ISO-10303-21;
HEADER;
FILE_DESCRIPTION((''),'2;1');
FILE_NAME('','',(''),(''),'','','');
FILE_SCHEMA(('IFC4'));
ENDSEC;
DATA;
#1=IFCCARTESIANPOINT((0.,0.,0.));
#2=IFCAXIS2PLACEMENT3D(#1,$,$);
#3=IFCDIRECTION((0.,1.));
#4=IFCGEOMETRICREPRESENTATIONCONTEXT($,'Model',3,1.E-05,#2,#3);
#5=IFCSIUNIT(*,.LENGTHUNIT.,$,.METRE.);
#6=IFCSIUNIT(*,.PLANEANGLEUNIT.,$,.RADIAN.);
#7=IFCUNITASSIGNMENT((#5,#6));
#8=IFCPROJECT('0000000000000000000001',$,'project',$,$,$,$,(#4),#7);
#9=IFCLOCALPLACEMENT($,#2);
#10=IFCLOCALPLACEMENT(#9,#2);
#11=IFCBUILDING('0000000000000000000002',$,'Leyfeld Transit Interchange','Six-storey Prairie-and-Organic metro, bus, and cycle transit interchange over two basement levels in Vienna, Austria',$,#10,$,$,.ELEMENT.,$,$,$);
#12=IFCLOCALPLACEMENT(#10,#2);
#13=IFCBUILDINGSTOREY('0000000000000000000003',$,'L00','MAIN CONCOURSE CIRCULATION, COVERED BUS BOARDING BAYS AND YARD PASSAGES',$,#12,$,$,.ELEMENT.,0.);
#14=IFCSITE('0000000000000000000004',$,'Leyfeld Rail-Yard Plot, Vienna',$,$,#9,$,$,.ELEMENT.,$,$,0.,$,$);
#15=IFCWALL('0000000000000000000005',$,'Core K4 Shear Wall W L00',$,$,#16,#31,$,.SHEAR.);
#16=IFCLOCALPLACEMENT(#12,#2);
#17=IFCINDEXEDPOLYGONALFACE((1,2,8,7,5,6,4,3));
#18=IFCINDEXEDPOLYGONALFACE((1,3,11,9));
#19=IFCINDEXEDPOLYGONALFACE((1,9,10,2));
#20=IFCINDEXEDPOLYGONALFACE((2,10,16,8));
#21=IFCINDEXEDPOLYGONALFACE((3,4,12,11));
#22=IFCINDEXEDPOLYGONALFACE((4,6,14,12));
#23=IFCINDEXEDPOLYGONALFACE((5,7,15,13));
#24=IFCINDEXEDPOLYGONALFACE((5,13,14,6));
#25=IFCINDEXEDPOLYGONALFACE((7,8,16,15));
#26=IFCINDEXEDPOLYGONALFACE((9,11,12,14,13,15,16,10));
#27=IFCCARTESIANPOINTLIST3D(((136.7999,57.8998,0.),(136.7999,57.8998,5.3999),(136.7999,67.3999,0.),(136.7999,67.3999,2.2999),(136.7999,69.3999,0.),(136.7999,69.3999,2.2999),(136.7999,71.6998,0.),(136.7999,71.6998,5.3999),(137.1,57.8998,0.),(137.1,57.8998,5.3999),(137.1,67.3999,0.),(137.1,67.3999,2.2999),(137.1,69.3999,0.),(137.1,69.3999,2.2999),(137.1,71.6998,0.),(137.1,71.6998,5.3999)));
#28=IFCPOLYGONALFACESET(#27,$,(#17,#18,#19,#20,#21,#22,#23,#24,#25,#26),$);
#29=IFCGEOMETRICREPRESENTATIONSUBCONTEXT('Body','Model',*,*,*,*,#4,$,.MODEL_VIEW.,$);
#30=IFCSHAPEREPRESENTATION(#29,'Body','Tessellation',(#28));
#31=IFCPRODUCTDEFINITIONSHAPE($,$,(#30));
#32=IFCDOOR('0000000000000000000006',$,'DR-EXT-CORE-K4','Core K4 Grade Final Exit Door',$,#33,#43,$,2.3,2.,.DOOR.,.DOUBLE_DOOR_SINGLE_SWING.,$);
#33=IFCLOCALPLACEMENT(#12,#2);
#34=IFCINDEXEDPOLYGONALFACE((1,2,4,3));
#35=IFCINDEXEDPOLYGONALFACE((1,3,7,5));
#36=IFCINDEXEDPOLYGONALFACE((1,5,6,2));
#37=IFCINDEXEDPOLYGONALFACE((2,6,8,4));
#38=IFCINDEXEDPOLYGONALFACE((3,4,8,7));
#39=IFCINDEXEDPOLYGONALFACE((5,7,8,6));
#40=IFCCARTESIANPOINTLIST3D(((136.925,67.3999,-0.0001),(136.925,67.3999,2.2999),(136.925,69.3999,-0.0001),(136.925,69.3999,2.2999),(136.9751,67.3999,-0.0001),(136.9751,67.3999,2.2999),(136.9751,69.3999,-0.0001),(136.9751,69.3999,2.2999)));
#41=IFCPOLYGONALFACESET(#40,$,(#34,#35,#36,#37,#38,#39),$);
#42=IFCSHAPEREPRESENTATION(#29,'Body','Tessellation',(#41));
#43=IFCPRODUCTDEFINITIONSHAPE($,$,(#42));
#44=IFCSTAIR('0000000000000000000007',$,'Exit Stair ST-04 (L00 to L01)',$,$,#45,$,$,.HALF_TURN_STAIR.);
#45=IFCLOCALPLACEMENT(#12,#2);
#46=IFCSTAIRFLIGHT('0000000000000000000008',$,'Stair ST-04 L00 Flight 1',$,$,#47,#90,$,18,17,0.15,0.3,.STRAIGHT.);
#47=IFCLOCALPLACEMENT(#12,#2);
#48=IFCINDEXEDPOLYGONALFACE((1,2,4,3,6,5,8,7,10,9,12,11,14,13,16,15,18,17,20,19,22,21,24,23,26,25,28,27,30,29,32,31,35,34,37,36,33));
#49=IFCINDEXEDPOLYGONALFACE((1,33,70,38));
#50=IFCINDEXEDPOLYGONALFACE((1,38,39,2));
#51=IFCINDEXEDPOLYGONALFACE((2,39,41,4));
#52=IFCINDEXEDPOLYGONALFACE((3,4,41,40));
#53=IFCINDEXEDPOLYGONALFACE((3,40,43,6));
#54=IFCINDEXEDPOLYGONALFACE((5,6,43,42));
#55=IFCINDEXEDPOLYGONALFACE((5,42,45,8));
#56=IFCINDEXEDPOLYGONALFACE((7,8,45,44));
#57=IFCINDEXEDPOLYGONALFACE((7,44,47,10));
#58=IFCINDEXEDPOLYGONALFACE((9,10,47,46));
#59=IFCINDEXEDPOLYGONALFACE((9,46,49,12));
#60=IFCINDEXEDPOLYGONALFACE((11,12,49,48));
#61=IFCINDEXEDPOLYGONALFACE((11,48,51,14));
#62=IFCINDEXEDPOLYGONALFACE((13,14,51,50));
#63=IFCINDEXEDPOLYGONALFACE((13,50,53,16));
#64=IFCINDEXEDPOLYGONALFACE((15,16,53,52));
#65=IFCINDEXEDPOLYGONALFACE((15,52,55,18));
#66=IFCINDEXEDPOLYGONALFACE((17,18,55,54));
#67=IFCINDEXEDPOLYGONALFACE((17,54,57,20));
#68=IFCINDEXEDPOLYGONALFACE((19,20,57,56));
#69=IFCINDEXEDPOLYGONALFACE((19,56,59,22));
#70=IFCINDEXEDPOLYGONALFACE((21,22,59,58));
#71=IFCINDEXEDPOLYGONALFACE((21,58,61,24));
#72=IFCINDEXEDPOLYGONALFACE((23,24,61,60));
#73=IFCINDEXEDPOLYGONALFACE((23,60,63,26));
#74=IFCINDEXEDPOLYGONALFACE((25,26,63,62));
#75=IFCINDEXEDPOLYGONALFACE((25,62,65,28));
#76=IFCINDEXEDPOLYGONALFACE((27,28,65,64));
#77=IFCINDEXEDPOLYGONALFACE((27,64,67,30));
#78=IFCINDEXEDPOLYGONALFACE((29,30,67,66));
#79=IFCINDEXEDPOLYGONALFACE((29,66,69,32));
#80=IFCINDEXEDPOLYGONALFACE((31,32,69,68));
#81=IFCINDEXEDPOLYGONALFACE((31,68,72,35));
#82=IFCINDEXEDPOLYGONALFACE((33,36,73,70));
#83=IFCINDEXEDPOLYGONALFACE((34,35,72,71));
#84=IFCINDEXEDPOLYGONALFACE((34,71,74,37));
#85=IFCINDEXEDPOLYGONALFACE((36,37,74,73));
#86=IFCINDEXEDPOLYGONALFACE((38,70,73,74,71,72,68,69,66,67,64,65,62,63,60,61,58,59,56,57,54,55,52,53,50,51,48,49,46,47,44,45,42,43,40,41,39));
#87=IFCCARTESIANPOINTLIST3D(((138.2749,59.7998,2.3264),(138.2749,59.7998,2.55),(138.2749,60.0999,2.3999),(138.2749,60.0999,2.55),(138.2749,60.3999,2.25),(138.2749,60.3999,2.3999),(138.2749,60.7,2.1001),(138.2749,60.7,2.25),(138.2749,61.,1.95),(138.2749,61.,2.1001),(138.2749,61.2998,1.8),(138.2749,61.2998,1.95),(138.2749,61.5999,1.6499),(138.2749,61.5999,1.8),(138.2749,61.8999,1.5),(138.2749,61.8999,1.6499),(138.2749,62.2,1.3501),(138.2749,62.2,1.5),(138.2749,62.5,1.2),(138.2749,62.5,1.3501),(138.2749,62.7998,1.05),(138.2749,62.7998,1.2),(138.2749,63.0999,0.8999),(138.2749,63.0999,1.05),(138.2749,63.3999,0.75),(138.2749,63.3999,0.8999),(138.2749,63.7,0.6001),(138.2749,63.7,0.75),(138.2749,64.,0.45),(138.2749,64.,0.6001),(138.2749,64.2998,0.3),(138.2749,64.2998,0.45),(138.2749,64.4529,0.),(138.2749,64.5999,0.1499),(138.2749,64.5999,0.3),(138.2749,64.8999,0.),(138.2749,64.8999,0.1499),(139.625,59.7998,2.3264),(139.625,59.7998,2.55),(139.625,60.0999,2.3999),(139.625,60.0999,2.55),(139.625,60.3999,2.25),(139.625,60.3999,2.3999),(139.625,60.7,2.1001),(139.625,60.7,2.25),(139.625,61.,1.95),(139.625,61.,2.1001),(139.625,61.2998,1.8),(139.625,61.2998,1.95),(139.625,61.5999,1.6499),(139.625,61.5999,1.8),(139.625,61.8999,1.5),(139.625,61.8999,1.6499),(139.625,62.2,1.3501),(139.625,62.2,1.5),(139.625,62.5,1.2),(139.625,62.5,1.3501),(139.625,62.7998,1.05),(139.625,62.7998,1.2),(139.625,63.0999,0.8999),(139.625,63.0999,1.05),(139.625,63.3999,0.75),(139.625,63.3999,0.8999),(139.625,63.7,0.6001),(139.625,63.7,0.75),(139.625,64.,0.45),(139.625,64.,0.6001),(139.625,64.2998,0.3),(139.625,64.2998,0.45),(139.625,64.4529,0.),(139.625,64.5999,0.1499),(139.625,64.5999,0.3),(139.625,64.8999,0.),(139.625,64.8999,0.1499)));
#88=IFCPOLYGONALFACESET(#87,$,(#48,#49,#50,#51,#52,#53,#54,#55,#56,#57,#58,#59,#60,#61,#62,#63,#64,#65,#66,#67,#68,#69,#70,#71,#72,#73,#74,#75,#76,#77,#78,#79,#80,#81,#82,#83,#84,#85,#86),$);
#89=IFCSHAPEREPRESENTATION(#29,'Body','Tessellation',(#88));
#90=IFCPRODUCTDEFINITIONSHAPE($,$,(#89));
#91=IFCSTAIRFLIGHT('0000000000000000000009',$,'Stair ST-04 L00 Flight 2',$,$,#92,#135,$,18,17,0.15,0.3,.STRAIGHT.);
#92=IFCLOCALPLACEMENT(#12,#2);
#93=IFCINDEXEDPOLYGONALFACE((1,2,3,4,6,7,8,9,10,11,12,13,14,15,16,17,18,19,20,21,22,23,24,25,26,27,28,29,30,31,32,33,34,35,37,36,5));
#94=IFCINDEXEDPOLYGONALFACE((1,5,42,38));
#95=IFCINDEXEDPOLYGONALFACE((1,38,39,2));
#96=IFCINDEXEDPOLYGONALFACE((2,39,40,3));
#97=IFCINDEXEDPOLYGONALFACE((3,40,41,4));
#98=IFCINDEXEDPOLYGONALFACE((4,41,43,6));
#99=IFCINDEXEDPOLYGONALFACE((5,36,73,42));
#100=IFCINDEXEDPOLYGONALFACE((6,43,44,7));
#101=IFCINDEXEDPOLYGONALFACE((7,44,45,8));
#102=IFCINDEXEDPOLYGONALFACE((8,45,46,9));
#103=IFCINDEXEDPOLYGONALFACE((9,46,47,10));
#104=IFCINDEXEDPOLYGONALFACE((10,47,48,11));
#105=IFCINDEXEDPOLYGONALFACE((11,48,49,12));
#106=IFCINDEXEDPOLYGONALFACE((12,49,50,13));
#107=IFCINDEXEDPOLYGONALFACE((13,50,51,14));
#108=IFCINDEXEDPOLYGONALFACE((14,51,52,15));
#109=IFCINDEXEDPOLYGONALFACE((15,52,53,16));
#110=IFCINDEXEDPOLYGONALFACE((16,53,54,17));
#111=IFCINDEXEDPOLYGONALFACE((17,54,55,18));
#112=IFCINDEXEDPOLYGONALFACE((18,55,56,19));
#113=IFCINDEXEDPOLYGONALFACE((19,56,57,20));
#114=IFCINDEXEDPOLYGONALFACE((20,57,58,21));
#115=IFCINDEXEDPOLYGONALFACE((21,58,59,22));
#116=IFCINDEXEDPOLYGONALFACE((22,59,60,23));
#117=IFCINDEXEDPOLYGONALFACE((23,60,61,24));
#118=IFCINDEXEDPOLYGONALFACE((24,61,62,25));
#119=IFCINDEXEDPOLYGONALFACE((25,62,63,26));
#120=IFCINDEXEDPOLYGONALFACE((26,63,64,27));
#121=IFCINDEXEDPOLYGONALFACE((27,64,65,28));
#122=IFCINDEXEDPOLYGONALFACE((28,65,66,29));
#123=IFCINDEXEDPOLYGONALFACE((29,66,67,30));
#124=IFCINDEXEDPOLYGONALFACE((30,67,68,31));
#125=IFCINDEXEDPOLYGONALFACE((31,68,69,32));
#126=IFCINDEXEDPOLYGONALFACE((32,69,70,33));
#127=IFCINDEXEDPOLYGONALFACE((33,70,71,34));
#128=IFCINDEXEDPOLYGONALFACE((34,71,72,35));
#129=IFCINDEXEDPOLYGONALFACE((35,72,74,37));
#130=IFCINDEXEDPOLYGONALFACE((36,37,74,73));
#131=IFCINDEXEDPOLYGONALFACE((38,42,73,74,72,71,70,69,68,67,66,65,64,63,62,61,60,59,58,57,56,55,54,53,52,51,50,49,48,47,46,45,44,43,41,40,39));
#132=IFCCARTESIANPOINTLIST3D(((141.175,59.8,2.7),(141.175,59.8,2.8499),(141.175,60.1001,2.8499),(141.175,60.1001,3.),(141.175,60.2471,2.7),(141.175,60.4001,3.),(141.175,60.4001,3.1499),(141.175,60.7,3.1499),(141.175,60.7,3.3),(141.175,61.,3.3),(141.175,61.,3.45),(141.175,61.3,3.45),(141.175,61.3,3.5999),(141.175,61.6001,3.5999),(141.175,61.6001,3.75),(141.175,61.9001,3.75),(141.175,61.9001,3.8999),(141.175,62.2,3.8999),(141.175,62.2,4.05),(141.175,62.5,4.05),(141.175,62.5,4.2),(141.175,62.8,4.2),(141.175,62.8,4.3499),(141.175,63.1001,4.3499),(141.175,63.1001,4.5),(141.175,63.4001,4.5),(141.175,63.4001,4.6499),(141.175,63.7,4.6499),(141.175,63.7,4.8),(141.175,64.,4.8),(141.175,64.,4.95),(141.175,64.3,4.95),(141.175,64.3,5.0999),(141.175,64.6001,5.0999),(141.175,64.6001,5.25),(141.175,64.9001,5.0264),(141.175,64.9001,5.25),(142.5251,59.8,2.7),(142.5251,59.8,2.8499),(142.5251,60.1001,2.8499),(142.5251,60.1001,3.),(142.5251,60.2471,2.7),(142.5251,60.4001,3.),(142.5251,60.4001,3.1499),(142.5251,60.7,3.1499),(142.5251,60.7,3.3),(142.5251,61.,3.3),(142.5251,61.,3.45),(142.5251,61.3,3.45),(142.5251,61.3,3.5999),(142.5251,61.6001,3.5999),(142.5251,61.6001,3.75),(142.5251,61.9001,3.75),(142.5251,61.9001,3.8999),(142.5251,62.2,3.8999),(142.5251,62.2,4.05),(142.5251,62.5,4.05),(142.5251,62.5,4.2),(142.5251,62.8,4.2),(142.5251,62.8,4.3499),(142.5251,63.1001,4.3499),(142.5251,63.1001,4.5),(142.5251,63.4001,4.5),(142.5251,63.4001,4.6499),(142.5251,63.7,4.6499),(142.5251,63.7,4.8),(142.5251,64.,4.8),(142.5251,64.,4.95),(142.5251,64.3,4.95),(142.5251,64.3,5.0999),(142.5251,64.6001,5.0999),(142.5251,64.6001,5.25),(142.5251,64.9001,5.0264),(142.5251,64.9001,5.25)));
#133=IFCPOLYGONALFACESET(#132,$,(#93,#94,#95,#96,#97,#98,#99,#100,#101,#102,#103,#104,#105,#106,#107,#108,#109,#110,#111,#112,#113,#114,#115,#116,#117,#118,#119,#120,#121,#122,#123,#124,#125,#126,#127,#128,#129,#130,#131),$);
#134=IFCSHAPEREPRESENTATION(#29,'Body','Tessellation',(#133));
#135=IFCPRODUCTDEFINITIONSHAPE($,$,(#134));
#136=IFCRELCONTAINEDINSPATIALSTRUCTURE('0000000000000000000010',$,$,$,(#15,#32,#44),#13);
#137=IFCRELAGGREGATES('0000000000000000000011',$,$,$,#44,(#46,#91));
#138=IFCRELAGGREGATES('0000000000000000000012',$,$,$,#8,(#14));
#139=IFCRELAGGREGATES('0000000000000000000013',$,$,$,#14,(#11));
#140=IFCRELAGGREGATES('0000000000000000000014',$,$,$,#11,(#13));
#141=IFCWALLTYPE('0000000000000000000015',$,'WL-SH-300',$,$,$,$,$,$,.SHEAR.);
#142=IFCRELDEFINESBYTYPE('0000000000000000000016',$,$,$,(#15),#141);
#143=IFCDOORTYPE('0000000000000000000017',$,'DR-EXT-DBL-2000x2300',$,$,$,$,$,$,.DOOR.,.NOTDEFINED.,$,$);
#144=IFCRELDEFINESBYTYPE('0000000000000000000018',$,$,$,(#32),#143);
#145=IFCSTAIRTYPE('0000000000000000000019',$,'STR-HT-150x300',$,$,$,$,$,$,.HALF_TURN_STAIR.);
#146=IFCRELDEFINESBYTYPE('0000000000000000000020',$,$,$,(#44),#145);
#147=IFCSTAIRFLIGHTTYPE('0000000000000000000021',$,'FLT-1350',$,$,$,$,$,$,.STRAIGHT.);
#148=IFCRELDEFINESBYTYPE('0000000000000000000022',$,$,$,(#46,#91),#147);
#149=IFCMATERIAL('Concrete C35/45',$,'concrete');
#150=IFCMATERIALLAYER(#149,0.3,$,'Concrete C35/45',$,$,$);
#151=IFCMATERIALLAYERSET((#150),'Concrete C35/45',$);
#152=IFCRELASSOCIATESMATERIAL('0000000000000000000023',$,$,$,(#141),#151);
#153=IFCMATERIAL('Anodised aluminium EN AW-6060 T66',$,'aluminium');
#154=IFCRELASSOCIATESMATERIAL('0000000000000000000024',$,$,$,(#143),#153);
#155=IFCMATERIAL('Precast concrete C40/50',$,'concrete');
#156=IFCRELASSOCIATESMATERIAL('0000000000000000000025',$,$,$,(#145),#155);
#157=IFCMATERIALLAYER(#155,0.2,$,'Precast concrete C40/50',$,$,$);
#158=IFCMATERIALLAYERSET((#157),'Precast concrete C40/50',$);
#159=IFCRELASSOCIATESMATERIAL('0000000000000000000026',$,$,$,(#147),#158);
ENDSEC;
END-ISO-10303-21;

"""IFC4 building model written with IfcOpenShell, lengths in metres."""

from ifc_helpers import new_model, si_unit, direction, frame, frame_2d, origin, place, context, subcontext, project, spatial, polyline, rectangle, outline, extrude, material, layer, layer_set, type_object, element, fill, aggregate, save


model = new_model("IFC4")

# Units and contexts
model_context = context("Model", 3, precision=1e-05, world=origin(), true_north=direction((0.0, 1.0)))
body_context = subcontext(model_context, "Body", "Model", "MODEL_VIEW")
ifc_project = project(units=[si_unit("LENGTHUNIT", "METRE"), si_unit("PLANEANGLEUNIT", "RADIAN")], contexts=[model_context])

# Site, building, storey
site_placement = place(None, origin())
site = spatial("IfcSite", under=ifc_project, at=site_placement, Name="Leyfeld Rail-Yard Plot, Vienna", CompositionType="ELEMENT", RefElevation=0.0)
building_placement = place(site_placement, origin())
building = spatial("IfcBuilding", under=site, at=building_placement, Name="Leyfeld Transit Interchange", Description="Six-storey Prairie-and-Organic metro, bus, and cycle transit interchange over two basement levels in Vienna, Austria", CompositionType="ELEMENT")
storey_placement = place(building_placement, origin())
storey = spatial("IfcBuildingStorey", under=building, at=storey_placement, Name="L00", Description="MAIN CONCOURSE CIRCULATION, COVERED BUS BOARDING BAYS AND YARD PASSAGES", CompositionType="ELEMENT", Elevation=0.0)

# Shared definitions
ifc_material_1 = material(Name="Concrete C35/45", Category="concrete")

# Wall, opening, door
ifc_layer_1 = layer(ifc_material_1, 0.3, Name="Concrete C35/45")
ifc_layer_set_1 = layer_set([ifc_layer_1], Name="Concrete C35/45")
wall_type_1 = type_object("IfcWallType", Name="WL-SH-300", PredefinedType="SHEAR", material=ifc_layer_set_1)
wall_1_placement = place(storey_placement, frame((136.95, 57.8999, 0.0), z_axis=(0.0, 0.0, 1.0), x_axis=(0.0, 1.0, 0.0)))
wall_1 = element("IfcWall", 1, at=wall_1_placement, inside=storey, type_object=wall_type_1, Name="Core K4 Shear Wall W L00", PredefinedType="SHEAR", context=body_context, shape_type="SweptSolid", body=[
    extrude(rectangle(XDim=13.8, YDim=0.3, at=frame_2d((6.8999, 0.0))), origin(), (0.0, 0.0, 1.0), 5.3999),
])
opening_placement = place(wall_1_placement, frame((9.5, 0.0, 0.0)))
opening = element("IfcOpeningElement", 2, at=opening_placement, cuts=wall_1, PredefinedType="OPENING", context=body_context, shape_type="SweptSolid", body=[
    extrude(rectangle(XDim=2.0, YDim=2.3, at=frame_2d((1.0, 1.1499))), frame((0.0, 0.1599, 0.0), z_axis=(0.0, -1.0, 0.0), x_axis=(1.0, 0.0, 0.0)), (0.0, 0.0, 1.0), 0.3201),
])
ifc_material_2 = material(Name="Anodised aluminium EN AW-6060 T66", Category="aluminium")
door_type = type_object("IfcDoorType", Name="DR-EXT-DBL-2000x2300", OperationType="NOTDEFINED", PredefinedType="DOOR", material=ifc_material_2)
door_placement = place(opening_placement, origin())
door = element("IfcDoor", 3, at=door_placement, inside=storey, type_object=door_type, Name="DR-EXT-CORE-K4", Description="Core K4 Grade Final Exit Door", OperationType="DOUBLE_DOOR_SINGLE_SWING", OverallHeight=2.3, OverallWidth=2.0, PredefinedType="DOOR", context=body_context, shape_type="SweptSolid", body=[
    extrude(rectangle(XDim=2.0, YDim=2.3, at=frame_2d((1.0, 1.1499))), frame((0.0, 0.0249, 0.0), z_axis=(0.0, -1.0, 0.0), x_axis=(1.0, 0.0, 0.0)), (0.0, 0.0, 1.0), 0.05),
])
fill(opening, door)

# Stair, stair flights
ifc_material_3 = material(Name="Precast concrete C40/50", Category="concrete")
stair_type = type_object("IfcStairType", Name="STR-HT-150x300", PredefinedType="HALF_TURN_STAIR", material=ifc_material_3)
stair_placement = place(storey_placement, origin())
stair = element("IfcStair", 4, at=stair_placement, inside=storey, type_object=stair_type, Name="Exit Stair ST-04 (L00 to L01)", PredefinedType="HALF_TURN_STAIR")
ifc_layer_2 = layer(ifc_material_3, 0.2, Name="Precast concrete C40/50")
ifc_layer_set_2 = layer_set([ifc_layer_2], Name="Precast concrete C40/50")
stair_flight_type = type_object("IfcStairFlightType", Name="FLT-1350", PredefinedType="STRAIGHT", material=ifc_layer_set_2)
stair_flight_1_placement = place(storey_placement, frame((138.95, 64.8999, 0.0), z_axis=(0.0, 0.0, 1.0), x_axis=(0.0, -1.0, 0.0)))
stair_flight_1 = element("IfcStairFlight", 5, at=stair_flight_1_placement, type_object=stair_flight_type, Name="Stair ST-04 L00 Flight 1", NumberOfRisers=18, NumberOfTreads=17, PredefinedType="STRAIGHT", RiserHeight=0.15, TreadLength=0.3, context=body_context, shape_type="SweptSolid", body=[
    extrude(outline(polyline([(0.0, 0.0), (0.0, 0.1499), (0.3, 0.1499), (0.3, 0.3), (0.6001, 0.3), (0.6001, 0.45), (0.8999, 0.45), (0.8999, 0.6001), (1.2, 0.6001), (1.2, 0.75), (1.5, 0.75), (1.5, 0.8999), (1.8, 0.8999), (1.8, 1.05), (2.1001, 1.05), (2.1001, 1.2), (2.3999, 1.2), (2.3999, 1.3501), (2.7, 1.3501), (2.7, 1.5), (3.0, 1.5), (3.0, 1.6499), (3.3, 1.6499), (3.3, 1.8), (3.6001, 1.8), (3.6001, 1.95), (3.8999, 1.95), (3.8999, 2.1001), (4.2, 2.1001), (4.2, 2.25), (4.5, 2.25), (4.5, 2.3999), (4.8, 2.3999), (4.8, 2.55), (5.1001, 2.55), (5.1001, 2.7), (5.1001, 2.3264), (0.447, 0.0), (0.0, 0.0)])), frame((0.0, 0.675, 0.0), z_axis=(0.0, -1.0, 0.0), x_axis=(1.0, 0.0, 0.0)), (0.0, 0.0, 1.0), 1.3501),
])
stair_flight_2_placement = place(storey_placement, frame((141.8501, 59.8, 2.7), z_axis=(0.0, 0.0, 1.0), x_axis=(0.0, 1.0, 0.0)))
stair_flight_2 = element("IfcStairFlight", 6, at=stair_flight_2_placement, type_object=stair_flight_type, Name="Stair ST-04 L00 Flight 2", NumberOfRisers=18, NumberOfTreads=17, PredefinedType="STRAIGHT", RiserHeight=0.15, TreadLength=0.3, context=body_context, shape_type="SweptSolid", body=[
    extrude(outline(polyline([(0.0, 0.0), (0.0, 0.1499), (0.3, 0.1499), (0.3, 0.3), (0.6001, 0.3), (0.6001, 0.45), (0.8999, 0.45), (0.8999, 0.6001), (1.2, 0.6001), (1.2, 0.75), (1.5, 0.75), (1.5, 0.8999), (1.8, 0.8999), (1.8, 1.05), (2.1001, 1.05), (2.1001, 1.2), (2.3999, 1.2), (2.3999, 1.3501), (2.7, 1.3501), (2.7, 1.5), (3.0, 1.5), (3.0, 1.6499), (3.3, 1.6499), (3.3, 1.8), (3.6001, 1.8), (3.6001, 1.95), (3.8999, 1.95), (3.8999, 2.1001), (4.2, 2.1001), (4.2, 2.25), (4.5, 2.25), (4.5, 2.3999), (4.8, 2.3999), (4.8, 2.55), (5.1001, 2.55), (5.1001, 2.7), (5.1001, 2.3264), (0.447, 0.0), (0.0, 0.0)])), frame((0.0, 0.675, 0.0), z_axis=(0.0, -1.0, 0.0), x_axis=(1.0, 0.0, 0.0)), (0.0, 0.0, 1.0), 1.3501),
])
aggregate(stair, [stair_flight_1, stair_flight_2])

save(model, "model.ifc")
